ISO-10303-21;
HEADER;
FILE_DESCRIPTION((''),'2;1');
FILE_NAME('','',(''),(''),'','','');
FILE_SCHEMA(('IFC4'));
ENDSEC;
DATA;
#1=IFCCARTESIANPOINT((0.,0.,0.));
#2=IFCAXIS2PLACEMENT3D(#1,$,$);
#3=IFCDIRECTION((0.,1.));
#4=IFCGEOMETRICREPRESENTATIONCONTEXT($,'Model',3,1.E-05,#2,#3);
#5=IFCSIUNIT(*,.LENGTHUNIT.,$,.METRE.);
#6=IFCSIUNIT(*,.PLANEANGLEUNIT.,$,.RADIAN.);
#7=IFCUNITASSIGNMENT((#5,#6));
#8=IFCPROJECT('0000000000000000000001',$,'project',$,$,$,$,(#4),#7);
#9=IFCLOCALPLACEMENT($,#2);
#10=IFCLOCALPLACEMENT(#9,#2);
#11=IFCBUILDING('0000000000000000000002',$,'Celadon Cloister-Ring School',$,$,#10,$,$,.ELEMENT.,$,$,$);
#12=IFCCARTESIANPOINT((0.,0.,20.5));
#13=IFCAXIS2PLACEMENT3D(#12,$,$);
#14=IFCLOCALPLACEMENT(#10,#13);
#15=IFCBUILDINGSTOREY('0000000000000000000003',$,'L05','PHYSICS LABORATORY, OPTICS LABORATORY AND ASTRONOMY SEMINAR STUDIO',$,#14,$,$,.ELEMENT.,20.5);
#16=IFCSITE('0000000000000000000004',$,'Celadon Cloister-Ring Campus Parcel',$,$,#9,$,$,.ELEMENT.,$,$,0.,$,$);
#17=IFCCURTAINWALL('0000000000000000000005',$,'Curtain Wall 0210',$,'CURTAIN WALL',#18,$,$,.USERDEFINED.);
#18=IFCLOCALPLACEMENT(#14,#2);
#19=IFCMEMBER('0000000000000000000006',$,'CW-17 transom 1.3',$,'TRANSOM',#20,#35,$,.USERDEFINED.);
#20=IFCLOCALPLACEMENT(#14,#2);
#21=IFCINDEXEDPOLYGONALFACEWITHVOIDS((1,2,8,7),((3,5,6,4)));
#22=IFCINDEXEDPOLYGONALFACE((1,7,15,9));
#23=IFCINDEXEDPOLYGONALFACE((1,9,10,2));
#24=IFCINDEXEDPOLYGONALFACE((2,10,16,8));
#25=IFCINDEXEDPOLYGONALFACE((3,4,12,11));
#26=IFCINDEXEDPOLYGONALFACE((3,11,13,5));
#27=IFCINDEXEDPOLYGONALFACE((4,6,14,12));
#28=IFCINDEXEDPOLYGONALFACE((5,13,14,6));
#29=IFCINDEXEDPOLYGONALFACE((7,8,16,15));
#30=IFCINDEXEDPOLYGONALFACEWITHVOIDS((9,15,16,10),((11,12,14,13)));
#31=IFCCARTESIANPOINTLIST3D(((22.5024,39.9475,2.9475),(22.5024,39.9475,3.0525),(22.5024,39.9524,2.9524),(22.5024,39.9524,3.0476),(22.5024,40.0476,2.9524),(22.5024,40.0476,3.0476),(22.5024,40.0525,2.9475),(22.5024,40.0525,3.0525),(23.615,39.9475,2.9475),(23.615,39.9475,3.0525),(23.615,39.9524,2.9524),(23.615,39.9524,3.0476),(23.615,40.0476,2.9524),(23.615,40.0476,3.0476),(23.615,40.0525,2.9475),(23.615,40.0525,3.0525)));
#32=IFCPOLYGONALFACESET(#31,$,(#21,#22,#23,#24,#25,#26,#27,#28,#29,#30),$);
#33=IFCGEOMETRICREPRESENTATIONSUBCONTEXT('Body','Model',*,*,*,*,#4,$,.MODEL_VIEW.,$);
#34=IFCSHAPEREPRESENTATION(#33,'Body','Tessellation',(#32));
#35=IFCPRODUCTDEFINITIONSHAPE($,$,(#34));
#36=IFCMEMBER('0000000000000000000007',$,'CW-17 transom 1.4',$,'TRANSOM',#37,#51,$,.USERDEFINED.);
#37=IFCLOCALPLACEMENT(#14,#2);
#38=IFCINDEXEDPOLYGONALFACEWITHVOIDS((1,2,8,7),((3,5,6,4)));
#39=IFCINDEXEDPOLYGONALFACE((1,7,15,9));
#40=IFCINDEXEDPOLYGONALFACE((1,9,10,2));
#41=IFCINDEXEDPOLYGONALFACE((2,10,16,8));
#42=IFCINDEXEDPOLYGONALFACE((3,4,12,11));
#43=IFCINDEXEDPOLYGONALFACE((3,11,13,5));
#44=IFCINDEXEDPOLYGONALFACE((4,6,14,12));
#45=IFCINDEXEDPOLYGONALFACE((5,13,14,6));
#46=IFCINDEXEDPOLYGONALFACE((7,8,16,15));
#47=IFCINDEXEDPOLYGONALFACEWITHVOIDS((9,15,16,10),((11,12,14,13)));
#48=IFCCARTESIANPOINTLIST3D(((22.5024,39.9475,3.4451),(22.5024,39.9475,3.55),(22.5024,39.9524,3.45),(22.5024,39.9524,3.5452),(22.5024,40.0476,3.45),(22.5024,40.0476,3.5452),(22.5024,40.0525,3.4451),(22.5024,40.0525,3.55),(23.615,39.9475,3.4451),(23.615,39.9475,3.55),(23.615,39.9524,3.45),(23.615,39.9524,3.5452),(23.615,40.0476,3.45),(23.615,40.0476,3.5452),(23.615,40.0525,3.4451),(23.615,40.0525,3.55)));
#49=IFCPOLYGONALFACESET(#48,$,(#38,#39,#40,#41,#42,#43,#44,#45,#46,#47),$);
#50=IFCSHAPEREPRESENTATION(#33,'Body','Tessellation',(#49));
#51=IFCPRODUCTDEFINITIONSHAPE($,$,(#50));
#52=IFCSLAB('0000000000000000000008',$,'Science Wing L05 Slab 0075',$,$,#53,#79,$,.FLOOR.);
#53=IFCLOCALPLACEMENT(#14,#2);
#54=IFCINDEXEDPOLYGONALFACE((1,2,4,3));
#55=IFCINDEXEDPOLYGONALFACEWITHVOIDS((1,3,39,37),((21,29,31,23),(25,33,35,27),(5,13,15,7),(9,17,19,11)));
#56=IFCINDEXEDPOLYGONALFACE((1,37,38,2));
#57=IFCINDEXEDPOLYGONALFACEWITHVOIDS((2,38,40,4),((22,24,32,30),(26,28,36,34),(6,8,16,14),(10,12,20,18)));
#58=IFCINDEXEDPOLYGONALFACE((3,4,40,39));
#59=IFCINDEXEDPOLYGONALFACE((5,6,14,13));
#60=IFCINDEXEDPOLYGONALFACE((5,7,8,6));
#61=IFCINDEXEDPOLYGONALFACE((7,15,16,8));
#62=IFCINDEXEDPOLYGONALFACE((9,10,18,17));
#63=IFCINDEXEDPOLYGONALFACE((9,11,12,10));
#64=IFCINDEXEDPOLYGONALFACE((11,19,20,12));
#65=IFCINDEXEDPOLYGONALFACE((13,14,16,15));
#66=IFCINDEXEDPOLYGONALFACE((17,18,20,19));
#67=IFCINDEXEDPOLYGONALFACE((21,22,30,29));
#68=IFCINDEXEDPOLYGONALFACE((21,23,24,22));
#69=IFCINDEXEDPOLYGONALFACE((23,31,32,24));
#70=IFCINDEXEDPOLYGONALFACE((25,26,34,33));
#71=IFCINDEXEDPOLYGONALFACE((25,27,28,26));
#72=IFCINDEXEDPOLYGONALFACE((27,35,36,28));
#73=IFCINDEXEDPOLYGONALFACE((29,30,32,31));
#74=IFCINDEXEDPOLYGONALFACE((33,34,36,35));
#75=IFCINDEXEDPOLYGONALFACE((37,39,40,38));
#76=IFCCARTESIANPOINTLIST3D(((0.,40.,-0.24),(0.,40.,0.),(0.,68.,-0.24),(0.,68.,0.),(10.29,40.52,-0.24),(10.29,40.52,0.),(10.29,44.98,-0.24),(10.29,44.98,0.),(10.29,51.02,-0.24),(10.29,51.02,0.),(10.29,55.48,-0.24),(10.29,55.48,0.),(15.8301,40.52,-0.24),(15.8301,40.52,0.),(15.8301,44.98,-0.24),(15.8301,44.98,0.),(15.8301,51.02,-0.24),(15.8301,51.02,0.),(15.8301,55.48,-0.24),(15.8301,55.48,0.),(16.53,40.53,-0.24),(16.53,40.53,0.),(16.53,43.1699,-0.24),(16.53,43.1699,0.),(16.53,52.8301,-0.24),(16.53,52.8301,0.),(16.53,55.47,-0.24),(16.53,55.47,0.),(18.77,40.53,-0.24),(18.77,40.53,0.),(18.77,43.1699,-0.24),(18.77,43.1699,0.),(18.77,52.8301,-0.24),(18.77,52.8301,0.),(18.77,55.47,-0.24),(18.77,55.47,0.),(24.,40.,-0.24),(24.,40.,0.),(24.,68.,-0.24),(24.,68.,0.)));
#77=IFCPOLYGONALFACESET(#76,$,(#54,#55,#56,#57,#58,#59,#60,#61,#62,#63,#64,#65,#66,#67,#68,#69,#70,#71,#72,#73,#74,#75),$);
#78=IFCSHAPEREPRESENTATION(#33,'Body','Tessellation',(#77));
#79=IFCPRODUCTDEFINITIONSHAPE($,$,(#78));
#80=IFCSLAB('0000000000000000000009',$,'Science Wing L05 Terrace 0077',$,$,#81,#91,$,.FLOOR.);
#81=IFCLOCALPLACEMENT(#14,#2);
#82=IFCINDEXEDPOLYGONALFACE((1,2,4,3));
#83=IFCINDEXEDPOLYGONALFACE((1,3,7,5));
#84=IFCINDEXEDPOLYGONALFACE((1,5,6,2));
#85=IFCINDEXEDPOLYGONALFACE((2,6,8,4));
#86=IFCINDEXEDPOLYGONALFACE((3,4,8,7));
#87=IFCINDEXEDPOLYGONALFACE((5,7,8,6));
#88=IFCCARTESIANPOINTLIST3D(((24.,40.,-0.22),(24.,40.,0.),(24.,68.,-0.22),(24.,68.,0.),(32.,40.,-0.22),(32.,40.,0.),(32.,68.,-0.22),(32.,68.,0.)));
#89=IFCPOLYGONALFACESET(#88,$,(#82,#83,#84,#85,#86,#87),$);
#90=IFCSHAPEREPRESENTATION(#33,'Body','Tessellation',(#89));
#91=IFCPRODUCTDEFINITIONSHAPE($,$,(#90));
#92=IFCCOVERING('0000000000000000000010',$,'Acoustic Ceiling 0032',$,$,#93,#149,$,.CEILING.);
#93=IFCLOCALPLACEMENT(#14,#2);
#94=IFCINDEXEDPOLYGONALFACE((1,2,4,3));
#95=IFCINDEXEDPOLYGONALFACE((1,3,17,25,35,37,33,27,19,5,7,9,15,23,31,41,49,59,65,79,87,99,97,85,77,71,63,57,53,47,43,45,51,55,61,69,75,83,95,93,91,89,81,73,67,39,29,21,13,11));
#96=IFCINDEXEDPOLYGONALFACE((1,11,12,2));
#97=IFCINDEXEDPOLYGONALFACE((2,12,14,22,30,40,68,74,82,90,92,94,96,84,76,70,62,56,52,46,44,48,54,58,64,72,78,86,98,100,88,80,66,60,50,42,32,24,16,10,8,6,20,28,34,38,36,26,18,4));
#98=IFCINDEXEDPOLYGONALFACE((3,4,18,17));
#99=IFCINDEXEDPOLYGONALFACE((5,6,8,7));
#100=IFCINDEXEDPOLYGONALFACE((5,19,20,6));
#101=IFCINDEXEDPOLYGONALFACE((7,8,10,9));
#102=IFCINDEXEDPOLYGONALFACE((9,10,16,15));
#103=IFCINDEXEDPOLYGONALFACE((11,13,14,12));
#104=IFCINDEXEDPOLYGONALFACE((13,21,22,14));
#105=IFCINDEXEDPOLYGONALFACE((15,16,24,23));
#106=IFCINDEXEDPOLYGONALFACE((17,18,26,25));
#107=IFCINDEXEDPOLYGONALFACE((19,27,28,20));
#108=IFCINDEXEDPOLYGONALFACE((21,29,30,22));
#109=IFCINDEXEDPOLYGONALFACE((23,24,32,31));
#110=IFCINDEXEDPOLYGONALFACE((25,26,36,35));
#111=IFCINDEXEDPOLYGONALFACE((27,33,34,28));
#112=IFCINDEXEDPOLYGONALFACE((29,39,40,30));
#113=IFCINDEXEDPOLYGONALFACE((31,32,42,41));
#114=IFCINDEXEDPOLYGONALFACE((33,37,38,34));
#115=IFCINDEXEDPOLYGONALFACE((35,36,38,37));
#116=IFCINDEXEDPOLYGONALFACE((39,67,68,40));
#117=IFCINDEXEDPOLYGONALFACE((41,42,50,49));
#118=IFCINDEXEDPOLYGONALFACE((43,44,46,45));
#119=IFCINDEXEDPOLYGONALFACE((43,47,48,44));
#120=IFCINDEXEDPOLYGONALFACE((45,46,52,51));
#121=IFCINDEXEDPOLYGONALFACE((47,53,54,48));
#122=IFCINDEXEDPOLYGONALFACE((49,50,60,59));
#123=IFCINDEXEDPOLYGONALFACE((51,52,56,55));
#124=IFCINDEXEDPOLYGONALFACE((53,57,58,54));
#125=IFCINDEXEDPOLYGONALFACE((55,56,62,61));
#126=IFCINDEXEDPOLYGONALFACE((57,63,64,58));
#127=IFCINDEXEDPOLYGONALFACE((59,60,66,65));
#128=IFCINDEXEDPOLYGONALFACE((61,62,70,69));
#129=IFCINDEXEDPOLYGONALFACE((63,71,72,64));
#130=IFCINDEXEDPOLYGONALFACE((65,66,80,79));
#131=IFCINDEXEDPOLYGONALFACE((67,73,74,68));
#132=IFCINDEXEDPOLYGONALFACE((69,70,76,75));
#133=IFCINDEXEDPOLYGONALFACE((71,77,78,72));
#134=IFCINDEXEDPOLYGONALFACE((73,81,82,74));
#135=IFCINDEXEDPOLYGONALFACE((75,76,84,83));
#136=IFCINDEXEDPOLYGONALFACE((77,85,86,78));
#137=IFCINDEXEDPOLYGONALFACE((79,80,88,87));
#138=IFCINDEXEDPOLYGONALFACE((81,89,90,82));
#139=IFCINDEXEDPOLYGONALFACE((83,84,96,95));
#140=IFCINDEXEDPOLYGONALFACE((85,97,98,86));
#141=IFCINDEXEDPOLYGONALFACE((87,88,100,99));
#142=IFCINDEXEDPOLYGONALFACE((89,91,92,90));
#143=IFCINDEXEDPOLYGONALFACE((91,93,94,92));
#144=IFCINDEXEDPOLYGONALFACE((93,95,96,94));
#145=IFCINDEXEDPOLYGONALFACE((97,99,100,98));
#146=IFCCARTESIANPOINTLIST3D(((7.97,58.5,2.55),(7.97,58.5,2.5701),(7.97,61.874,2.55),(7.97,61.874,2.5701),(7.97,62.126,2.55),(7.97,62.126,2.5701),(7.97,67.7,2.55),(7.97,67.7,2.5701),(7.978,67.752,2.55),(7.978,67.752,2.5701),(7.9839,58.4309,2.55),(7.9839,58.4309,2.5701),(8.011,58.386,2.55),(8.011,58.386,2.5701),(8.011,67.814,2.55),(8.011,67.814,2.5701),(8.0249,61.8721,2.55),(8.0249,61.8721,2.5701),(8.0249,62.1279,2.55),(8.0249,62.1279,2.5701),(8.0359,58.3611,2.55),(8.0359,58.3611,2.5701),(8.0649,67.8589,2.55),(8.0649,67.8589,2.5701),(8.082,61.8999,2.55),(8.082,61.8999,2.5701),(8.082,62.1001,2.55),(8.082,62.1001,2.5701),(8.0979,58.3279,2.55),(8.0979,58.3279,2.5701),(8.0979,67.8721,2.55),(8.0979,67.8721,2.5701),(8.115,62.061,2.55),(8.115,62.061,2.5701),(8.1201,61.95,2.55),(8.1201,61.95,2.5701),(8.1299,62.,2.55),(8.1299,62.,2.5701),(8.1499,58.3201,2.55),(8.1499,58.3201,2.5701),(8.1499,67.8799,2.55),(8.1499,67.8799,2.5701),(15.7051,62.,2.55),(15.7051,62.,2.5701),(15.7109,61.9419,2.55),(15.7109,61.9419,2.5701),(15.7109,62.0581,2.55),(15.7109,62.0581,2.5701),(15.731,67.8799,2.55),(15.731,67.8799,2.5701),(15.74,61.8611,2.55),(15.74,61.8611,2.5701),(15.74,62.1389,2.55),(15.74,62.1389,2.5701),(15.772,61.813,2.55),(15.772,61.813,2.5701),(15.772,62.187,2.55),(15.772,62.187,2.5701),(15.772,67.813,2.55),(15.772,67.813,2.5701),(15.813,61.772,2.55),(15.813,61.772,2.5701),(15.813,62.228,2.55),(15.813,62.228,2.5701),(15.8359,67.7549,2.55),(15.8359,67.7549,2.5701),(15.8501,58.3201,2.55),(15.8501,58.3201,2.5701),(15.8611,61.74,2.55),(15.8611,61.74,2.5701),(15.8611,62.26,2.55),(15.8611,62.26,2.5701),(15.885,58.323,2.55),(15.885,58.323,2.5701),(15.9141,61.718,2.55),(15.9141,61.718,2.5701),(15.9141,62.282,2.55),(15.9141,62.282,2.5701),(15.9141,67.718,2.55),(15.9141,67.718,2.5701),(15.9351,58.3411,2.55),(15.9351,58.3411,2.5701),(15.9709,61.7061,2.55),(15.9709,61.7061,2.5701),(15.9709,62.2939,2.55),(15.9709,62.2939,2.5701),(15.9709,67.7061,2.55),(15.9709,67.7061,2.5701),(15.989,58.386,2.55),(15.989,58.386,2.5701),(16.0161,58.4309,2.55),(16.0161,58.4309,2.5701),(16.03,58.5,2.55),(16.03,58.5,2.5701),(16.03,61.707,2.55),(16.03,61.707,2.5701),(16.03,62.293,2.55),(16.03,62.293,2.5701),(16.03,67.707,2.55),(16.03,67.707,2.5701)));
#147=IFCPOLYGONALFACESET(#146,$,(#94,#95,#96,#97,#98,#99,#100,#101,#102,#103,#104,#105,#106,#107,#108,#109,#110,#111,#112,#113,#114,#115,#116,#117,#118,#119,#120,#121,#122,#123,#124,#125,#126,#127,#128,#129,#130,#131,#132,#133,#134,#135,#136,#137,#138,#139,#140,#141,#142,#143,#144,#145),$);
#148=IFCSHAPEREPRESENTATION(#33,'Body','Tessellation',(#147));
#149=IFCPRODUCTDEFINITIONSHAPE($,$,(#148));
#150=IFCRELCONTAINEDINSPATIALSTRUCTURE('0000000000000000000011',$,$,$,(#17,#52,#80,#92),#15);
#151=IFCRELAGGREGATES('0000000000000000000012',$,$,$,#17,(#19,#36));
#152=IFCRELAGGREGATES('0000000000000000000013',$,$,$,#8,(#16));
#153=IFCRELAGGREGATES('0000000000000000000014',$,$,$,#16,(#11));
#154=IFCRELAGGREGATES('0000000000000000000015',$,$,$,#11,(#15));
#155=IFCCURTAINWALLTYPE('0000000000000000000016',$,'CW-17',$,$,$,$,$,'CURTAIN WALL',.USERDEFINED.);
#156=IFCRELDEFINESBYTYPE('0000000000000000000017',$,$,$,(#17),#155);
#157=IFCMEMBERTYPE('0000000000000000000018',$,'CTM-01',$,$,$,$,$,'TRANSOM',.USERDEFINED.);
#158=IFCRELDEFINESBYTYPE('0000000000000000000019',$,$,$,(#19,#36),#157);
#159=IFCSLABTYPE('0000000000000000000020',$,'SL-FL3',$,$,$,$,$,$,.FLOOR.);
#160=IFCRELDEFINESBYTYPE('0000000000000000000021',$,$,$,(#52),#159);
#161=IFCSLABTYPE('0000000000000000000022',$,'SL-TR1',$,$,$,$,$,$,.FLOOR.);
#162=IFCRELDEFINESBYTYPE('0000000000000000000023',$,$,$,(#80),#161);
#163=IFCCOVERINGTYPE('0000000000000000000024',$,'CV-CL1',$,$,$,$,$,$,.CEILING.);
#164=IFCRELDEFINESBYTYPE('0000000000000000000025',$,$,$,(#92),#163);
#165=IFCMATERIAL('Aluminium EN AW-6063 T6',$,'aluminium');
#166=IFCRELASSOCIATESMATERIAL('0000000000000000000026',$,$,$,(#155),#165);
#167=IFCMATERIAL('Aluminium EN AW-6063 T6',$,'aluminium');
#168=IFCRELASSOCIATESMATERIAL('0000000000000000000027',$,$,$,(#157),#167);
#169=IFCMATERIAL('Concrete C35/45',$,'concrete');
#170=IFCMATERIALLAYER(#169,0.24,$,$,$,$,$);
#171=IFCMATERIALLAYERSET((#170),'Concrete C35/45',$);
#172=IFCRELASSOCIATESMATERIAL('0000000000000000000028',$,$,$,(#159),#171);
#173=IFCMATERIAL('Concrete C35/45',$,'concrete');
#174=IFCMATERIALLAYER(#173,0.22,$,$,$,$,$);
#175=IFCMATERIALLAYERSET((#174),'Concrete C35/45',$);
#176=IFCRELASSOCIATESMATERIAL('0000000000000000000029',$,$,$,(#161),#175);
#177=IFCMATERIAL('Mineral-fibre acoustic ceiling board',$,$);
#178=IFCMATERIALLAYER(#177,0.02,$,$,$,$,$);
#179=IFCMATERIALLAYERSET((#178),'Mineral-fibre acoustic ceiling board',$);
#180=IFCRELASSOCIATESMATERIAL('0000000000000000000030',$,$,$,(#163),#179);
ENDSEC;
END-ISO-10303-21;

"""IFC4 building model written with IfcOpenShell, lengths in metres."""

from ifc_helpers import new_model, si_unit, direction, frame, origin, origin_2d, place, context, subcontext, project, spatial, polyline, hollow_rectangle, outline, extrude, material, layer, layer_set, material_profile, profile_set, type_object, element, aggregate, save


model = new_model("IFC4")

# Units and contexts
model_context = context("Model", 3, precision=1e-05, world=origin(), true_north=direction((0.0, 1.0)))
body_context = subcontext(model_context, "Body", "Model", "MODEL_VIEW")
ifc_project = project(units=[si_unit("LENGTHUNIT", "METRE"), si_unit("PLANEANGLEUNIT", "RADIAN")], contexts=[model_context])

# Site, building, storey
site_placement = place(None, origin())
site = spatial("IfcSite", under=ifc_project, at=site_placement, Name="Celadon Cloister-Ring Campus Parcel", CompositionType="ELEMENT", RefElevation=0.0)
building_placement = place(site_placement, origin())
building = spatial("IfcBuilding", under=site, at=building_placement, Name="Celadon Cloister-Ring School", CompositionType="ELEMENT")
storey_placement = place(building_placement, frame((0.0, 0.0, 20.5)))
storey = spatial("IfcBuildingStorey", under=building, at=storey_placement, Name="L05", Description="PHYSICS LABORATORY, OPTICS LABORATORY AND ASTRONOMY SEMINAR STUDIO", CompositionType="ELEMENT", Elevation=20.5)

# Curtain wall, members
ifc_material_1 = material(Name="Aluminium EN AW-6063 T6", Category="aluminium")
curtain_wall_type = type_object("IfcCurtainWallType", Name="CW-17", ElementType="CURTAIN WALL", PredefinedType="USERDEFINED", material=ifc_material_1)
curtain_wall_placement = place(storey_placement, origin())
curtain_wall = element("IfcCurtainWall", 1, at=curtain_wall_placement, inside=storey, type_object=curtain_wall_type, Name="Curtain Wall 0210", ObjectType="CURTAIN WALL", PredefinedType="USERDEFINED")
ifc_material_2 = material(Name="Aluminium EN AW-6063 T6", Category="aluminium")
ifc_material_profile_1 = material_profile(ifc_material_2, hollow_rectangle(XDim=0.105, YDim=0.105, WallThickness=0.0049, at=origin_2d()), Name="RHS105X105X5")
ifc_profile_set_1 = profile_set([ifc_material_profile_1], Name="Aluminium EN AW-6063 T6")
member_type_1 = type_object("IfcMemberType", Name="CTM-01", ElementType="TRANSOM", PredefinedType="USERDEFINED", material=ifc_profile_set_1)
member_1_placement = place(storey_placement, frame((23.615, 40.0, 3.0), z_axis=(-1.0, 0.0, 0.0), x_axis=(0.0, -1.0, 0.0)))
member_1 = element("IfcMember", 2, at=member_1_placement, type_object=member_type_1, Name="CW-17 transom 1.3", ObjectType="TRANSOM", PredefinedType="USERDEFINED", context=body_context, shape_type="SweptSolid", body=[
    extrude(hollow_rectangle(XDim=0.105, YDim=0.105, WallThickness=0.0049, at=origin_2d()), origin(), (0.0, 0.0, 1.0), 1.1125),
])
member_2_placement = place(storey_placement, frame((23.615, 40.0, 3.4976), z_axis=(-1.0, 0.0, 0.0), x_axis=(0.0, -1.0, 0.0)))
member_2 = element("IfcMember", 3, at=member_2_placement, type_object=member_type_1, Name="CW-17 transom 1.4", ObjectType="TRANSOM", PredefinedType="USERDEFINED", context=body_context, shape_type="SweptSolid", body=[
    extrude(hollow_rectangle(XDim=0.105, YDim=0.105, WallThickness=0.0049, at=origin_2d()), origin(), (0.0, 0.0, 1.0), 1.1125),
])
aggregate(curtain_wall, [member_1, member_2])

# Slabs
ifc_material_3 = material(Name="Concrete C35/45", Category="concrete")
ifc_layer_1 = layer(ifc_material_3, 0.24)
ifc_layer_set_1 = layer_set([ifc_layer_1], Name="Concrete C35/45")
slab_type_1 = type_object("IfcSlabType", Name="SL-FL3", PredefinedType="FLOOR", material=ifc_layer_set_1)
slab_1_placement = place(storey_placement, frame((0.0, 0.0, -0.24)))
element("IfcSlab", 4, at=slab_1_placement, inside=storey, type_object=slab_type_1, Name="Science Wing L05 Slab 0075", PredefinedType="FLOOR", context=body_context, shape_type="SweptSolid", body=[
    extrude(outline(polyline([(0.0, 68.0), (24.0, 68.0), (24.0, 40.0), (0.0, 40.0), (0.0, 68.0)]), holes=[polyline([(16.53, 43.1699), (16.53, 40.53), (18.77, 40.53), (18.77, 43.1699), (16.53, 43.1699)]), polyline([(10.29, 44.98), (10.29, 40.52), (15.8301, 40.52), (15.8301, 44.98), (10.29, 44.98)]), polyline([(10.29, 55.48), (10.29, 51.02), (15.8301, 51.02), (15.8301, 55.48), (10.29, 55.48)]), polyline([(16.53, 55.47), (16.53, 52.8301), (18.77, 52.8301), (18.77, 55.47), (16.53, 55.47)])]), origin(), (0.0, 0.0, 1.0), 0.24),
])
ifc_material_4 = material(Name="Concrete C35/45", Category="concrete")
ifc_layer_2 = layer(ifc_material_4, 0.22)
ifc_layer_set_2 = layer_set([ifc_layer_2], Name="Concrete C35/45")
slab_type_2 = type_object("IfcSlabType", Name="SL-TR1", PredefinedType="FLOOR", material=ifc_layer_set_2)
slab_2_placement = place(storey_placement, frame((0.0, 0.0, -0.22)))
element("IfcSlab", 5, at=slab_2_placement, inside=storey, type_object=slab_type_2, Name="Science Wing L05 Terrace 0077", PredefinedType="FLOOR", context=body_context, shape_type="SweptSolid", body=[
    extrude(outline(polyline([(24.0, 40.0), (32.0, 40.0), (32.0, 68.0), (24.0, 68.0), (24.0, 40.0)])), origin(), (0.0, 0.0, 1.0), 0.22),
])

# Covering
ifc_material_5 = material(Name="Mineral-fibre acoustic ceiling board")
ifc_layer_3 = layer(ifc_material_5, 0.02)
ifc_layer_set_3 = layer_set([ifc_layer_3], Name="Mineral-fibre acoustic ceiling board")
covering_type_1 = type_object("IfcCoveringType", Name="CV-CL1", PredefinedType="CEILING", material=ifc_layer_set_3)
covering_1_placement = place(storey_placement, frame((0.0, 0.0, 2.55)))
element("IfcCovering", 6, at=covering_1_placement, inside=storey, type_object=covering_type_1, Name="Acoustic Ceiling 0032", PredefinedType="CEILING", context=body_context, shape_type="SweptSolid", body=[
    extrude(outline(polyline([(16.03, 67.707), (16.03, 62.293), (15.9709, 62.2939), (15.9141, 62.282), (15.8611, 62.26), (15.813, 62.228), (15.772, 62.187), (15.74, 62.1389), (15.7109, 62.0581), (15.7051, 62.0), (15.7109, 61.9419), (15.74, 61.8611), (15.772, 61.813), (15.813, 61.772), (15.8611, 61.74), (15.9141, 61.718), (15.9709, 61.7061), (16.03, 61.707), (16.03, 58.5), (16.0161, 58.4309), (15.989, 58.386), (15.9351, 58.3411), (15.885, 58.323), (15.8501, 58.3201), (8.1499, 58.3201), (8.0979, 58.3279), (8.0359, 58.3611), (8.011, 58.386), (7.9839, 58.4309), (7.97, 58.5), (7.97, 61.874), (8.0249, 61.8721), (8.082, 61.8999), (8.1201, 61.95), (8.1299, 62.0), (8.115, 62.061), (8.082, 62.1001), (8.0249, 62.1279), (7.97, 62.126), (7.97, 67.7), (7.978, 67.752), (8.011, 67.814), (8.0649, 67.8589), (8.0979, 67.8721), (8.1499, 67.8799), (15.731, 67.8799), (15.772, 67.813), (15.8359, 67.7549), (15.9141, 67.718), (15.9709, 67.7061), (16.03, 67.707)])), origin(), (0.0, 0.0, 1.0), 0.02),
])

save(model, "model.ifc")
